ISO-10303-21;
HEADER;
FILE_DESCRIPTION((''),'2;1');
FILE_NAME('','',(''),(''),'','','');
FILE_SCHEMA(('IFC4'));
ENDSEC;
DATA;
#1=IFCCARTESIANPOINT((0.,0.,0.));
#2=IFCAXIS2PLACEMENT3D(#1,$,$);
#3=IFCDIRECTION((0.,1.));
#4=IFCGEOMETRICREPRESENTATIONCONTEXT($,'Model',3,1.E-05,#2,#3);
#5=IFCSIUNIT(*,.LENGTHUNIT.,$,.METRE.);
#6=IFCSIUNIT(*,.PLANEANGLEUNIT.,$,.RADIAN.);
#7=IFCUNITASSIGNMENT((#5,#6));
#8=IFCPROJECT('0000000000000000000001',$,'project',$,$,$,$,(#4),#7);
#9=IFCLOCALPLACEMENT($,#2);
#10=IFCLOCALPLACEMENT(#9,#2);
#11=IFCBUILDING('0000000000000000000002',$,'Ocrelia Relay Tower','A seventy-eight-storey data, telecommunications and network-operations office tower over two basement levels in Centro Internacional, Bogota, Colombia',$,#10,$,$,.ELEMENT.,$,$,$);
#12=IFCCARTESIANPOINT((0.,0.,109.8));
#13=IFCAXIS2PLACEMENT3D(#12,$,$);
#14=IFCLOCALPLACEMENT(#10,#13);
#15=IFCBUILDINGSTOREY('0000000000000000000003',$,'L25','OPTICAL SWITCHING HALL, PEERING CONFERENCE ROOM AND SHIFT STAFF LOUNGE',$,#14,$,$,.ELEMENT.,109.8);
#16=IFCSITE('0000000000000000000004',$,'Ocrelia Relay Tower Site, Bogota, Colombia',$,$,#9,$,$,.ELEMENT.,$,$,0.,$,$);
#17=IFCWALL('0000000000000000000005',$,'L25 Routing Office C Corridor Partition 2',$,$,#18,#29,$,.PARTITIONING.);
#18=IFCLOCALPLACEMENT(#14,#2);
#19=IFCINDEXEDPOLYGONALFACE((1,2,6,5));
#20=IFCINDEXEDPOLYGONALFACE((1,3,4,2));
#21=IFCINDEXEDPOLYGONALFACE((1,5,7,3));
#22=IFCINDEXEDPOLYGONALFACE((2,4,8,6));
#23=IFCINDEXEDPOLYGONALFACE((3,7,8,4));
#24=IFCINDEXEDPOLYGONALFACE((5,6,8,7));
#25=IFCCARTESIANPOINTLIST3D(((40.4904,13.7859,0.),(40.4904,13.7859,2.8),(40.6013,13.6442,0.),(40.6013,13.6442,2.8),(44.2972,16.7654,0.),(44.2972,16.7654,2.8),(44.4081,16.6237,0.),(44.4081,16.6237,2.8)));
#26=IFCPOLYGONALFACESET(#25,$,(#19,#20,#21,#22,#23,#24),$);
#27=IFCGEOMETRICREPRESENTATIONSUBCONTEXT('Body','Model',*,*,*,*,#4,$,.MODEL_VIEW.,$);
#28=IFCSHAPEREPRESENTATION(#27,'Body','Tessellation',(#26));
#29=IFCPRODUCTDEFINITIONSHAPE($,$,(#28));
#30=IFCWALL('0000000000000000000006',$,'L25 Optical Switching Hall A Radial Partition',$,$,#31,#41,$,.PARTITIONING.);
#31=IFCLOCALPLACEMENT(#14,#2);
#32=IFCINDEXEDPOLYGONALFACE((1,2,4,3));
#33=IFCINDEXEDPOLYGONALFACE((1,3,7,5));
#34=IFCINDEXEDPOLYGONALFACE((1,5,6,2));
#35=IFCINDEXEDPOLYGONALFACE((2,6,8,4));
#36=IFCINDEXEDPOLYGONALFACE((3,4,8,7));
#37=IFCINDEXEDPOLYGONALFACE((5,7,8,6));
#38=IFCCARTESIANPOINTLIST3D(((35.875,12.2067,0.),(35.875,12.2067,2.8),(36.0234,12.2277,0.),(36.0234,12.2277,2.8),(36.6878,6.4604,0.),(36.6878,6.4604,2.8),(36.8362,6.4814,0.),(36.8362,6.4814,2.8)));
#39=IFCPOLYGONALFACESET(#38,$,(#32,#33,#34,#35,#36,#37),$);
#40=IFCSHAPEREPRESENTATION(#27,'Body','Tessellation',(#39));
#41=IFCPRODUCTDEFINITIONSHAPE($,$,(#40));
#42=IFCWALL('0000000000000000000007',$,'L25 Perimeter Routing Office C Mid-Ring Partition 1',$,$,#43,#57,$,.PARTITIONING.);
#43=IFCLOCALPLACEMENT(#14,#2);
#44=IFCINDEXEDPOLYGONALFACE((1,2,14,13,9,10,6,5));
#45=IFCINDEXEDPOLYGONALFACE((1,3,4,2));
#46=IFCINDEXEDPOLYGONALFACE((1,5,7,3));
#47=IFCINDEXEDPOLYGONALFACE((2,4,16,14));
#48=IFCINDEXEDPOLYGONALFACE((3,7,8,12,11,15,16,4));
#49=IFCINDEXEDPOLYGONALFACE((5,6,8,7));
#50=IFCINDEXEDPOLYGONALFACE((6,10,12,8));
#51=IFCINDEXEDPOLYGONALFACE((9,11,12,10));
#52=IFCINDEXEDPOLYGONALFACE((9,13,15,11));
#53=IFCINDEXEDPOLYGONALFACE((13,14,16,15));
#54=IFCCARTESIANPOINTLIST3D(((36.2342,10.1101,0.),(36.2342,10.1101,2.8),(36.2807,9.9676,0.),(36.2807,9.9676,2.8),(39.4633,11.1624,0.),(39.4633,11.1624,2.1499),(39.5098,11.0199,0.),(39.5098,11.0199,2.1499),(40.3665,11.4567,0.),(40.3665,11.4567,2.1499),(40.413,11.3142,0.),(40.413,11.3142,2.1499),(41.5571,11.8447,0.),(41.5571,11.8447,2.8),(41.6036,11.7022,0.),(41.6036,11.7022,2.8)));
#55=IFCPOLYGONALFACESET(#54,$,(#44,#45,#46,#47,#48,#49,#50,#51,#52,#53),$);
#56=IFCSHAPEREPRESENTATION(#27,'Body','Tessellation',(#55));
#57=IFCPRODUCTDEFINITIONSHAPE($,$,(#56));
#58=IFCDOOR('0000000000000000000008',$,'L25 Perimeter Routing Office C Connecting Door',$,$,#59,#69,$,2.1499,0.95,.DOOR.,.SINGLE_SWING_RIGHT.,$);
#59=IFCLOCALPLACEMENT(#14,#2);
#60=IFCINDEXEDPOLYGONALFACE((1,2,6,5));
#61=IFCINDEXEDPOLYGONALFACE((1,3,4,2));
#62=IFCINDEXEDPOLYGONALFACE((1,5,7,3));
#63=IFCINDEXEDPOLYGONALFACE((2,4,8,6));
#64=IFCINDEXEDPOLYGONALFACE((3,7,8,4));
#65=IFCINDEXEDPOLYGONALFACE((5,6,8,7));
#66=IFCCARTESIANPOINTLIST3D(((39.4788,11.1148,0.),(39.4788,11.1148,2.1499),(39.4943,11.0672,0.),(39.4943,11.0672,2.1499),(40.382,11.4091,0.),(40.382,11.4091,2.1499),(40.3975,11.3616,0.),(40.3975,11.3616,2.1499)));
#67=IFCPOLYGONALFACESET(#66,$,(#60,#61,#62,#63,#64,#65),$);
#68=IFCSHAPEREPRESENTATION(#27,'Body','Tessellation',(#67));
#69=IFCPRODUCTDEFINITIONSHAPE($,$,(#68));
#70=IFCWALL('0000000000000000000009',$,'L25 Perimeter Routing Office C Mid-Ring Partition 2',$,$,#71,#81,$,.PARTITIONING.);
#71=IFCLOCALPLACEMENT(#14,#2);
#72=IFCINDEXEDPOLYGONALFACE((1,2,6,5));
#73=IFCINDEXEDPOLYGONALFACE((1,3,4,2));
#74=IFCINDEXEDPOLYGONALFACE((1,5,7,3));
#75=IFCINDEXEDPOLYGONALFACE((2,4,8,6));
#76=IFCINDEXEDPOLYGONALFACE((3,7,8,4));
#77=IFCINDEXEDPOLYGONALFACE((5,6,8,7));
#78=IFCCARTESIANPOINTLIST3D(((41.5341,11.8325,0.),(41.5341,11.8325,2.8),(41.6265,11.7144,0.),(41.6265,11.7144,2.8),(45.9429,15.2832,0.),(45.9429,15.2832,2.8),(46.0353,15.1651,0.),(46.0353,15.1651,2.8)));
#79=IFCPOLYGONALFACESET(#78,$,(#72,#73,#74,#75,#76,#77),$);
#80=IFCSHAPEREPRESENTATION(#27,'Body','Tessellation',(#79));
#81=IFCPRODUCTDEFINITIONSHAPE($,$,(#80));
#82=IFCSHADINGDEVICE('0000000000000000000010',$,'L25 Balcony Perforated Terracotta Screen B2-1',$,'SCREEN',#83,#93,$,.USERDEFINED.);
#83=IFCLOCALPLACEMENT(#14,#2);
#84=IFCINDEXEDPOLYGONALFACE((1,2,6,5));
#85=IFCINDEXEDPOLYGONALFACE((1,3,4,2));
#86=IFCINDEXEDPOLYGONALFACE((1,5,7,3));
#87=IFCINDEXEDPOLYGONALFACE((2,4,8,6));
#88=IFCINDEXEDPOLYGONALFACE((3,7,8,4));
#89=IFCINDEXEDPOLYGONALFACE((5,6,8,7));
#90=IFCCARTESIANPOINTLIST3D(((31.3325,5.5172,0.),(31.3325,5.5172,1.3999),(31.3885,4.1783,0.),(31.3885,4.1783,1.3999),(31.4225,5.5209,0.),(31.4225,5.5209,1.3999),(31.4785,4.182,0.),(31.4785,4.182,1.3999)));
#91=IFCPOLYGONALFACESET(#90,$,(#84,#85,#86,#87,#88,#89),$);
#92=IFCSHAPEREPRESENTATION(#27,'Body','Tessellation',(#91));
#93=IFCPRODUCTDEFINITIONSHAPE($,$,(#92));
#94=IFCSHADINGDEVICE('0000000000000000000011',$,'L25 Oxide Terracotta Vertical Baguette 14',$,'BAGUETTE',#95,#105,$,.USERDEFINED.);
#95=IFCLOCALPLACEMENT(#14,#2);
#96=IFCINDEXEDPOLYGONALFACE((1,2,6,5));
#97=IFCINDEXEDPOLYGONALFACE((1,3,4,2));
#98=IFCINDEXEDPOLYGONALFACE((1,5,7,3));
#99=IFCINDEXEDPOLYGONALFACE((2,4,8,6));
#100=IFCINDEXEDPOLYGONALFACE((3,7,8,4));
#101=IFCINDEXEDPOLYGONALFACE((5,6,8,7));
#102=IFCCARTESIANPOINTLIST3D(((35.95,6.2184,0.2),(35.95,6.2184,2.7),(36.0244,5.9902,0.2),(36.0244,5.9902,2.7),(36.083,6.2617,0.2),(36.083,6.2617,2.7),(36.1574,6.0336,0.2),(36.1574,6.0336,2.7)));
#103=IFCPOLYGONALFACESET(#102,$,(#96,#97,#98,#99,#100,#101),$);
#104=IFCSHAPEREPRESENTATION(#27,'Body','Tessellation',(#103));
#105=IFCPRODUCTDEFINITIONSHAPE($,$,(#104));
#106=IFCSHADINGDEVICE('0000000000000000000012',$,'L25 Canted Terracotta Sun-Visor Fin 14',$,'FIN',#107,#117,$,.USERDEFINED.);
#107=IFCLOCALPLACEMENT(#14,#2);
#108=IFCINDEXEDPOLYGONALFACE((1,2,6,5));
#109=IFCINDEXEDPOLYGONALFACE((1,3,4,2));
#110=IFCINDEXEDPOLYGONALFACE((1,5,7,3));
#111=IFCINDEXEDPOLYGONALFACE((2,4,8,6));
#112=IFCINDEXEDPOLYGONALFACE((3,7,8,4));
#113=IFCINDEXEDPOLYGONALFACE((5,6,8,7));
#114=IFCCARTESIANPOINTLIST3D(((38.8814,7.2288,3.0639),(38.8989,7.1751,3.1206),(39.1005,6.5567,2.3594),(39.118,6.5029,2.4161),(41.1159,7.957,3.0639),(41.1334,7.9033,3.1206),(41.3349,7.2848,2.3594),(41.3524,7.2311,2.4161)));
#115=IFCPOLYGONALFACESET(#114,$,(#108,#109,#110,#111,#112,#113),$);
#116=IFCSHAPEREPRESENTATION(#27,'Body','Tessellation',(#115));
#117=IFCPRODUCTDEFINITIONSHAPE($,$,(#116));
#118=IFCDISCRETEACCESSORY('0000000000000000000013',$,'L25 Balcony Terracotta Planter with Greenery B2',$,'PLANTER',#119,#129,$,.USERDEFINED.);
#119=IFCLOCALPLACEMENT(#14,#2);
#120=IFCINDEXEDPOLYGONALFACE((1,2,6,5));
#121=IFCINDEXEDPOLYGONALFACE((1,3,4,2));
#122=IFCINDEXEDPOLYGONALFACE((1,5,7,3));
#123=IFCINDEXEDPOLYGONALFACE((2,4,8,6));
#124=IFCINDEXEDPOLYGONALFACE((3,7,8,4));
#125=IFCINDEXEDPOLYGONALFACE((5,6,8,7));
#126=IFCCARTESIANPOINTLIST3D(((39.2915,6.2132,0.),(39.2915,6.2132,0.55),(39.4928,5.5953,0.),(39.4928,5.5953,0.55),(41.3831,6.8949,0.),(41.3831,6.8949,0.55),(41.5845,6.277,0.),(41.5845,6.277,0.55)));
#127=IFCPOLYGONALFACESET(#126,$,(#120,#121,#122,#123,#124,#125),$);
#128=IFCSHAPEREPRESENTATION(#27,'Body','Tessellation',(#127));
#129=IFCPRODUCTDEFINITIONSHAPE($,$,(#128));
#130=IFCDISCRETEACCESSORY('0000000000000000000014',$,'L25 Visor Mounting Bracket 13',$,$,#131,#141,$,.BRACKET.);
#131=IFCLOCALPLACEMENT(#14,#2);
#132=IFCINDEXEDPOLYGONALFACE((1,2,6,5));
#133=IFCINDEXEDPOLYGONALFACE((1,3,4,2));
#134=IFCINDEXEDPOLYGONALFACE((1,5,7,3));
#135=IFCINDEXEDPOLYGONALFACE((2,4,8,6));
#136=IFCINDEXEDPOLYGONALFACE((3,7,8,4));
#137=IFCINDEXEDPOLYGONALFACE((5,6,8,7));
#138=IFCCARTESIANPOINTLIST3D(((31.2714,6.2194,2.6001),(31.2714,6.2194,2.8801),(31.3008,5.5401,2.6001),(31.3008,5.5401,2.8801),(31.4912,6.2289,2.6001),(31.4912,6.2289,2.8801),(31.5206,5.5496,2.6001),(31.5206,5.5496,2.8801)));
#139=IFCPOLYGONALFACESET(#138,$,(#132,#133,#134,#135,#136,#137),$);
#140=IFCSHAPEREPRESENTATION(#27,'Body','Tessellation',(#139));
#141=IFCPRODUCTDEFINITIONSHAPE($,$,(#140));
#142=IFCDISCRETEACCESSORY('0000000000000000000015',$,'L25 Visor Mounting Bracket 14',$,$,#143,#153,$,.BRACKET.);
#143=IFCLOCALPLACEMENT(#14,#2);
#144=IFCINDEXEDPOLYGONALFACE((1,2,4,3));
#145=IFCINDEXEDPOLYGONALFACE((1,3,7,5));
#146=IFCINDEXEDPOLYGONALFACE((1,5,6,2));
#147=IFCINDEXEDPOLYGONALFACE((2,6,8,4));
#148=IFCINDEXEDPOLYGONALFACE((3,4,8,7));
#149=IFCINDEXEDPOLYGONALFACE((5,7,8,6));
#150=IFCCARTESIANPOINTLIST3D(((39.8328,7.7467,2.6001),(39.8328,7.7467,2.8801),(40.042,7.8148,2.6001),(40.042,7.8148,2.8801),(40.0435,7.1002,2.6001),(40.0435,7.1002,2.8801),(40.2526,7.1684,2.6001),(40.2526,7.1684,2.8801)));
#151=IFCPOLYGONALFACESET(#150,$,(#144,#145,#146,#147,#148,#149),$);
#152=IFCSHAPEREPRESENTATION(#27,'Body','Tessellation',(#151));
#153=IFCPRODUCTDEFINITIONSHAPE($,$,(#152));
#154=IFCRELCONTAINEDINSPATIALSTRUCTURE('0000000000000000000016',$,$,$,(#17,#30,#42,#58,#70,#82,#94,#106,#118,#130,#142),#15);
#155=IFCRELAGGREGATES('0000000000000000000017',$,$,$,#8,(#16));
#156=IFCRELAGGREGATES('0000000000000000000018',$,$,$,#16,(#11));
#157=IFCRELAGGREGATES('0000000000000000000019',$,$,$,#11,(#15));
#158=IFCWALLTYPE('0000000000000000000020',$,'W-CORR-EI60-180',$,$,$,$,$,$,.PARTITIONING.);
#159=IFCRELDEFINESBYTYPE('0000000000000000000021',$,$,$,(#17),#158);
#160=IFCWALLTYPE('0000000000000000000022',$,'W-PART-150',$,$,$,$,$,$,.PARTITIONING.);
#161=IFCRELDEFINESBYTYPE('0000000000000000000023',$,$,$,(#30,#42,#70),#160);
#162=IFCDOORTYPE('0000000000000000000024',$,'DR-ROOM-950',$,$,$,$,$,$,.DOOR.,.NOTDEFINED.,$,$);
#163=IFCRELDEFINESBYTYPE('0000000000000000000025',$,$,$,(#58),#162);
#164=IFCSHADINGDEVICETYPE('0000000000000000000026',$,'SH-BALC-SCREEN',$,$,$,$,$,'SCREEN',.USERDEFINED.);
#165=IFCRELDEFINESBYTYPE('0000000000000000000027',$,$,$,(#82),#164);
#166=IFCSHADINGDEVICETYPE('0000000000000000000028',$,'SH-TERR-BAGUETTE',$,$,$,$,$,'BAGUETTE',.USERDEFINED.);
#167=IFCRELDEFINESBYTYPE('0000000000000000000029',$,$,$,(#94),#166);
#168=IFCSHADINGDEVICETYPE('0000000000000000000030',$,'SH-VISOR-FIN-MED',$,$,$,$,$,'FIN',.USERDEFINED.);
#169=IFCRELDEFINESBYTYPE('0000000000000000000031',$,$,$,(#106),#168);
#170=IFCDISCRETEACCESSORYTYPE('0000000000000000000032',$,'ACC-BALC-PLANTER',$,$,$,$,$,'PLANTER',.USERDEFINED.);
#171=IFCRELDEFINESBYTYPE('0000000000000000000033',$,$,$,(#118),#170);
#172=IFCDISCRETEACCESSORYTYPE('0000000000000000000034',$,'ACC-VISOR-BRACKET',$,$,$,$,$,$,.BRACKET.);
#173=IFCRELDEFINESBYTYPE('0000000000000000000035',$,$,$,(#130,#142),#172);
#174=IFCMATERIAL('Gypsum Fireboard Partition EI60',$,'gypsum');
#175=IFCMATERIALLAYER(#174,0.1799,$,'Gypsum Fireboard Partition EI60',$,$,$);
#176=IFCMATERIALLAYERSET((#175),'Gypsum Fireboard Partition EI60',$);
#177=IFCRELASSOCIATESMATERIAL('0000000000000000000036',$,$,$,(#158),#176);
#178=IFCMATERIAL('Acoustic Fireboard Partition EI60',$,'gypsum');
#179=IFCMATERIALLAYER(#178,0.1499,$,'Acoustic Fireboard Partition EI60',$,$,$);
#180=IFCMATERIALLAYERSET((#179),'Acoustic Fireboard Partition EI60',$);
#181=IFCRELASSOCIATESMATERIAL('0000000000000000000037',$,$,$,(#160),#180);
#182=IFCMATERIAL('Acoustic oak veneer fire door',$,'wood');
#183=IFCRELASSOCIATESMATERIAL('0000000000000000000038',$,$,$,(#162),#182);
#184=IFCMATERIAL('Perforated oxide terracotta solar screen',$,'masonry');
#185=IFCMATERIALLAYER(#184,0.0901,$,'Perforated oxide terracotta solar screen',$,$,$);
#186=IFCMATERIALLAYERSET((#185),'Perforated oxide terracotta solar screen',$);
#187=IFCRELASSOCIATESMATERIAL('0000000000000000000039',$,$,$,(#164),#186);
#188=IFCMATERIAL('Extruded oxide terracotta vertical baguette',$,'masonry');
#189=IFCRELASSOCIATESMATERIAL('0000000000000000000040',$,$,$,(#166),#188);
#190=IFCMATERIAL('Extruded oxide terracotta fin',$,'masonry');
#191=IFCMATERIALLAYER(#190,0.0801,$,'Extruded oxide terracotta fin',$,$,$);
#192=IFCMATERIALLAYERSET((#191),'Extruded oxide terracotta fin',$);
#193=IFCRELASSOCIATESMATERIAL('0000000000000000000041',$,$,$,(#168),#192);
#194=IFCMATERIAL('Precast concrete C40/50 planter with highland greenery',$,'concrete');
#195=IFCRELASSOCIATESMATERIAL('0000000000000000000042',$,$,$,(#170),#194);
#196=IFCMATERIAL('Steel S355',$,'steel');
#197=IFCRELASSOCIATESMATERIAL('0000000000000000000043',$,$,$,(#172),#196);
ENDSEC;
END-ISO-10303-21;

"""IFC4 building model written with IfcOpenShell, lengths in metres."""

from ifc_helpers import new_model, si_unit, direction, frame, frame_2d, origin, origin_2d, place, context, subcontext, project, spatial, rectangle, extrude, material, layer, layer_set, type_object, element, fill, save


model = new_model("IFC4")

# Units and contexts
model_context = context("Model", 3, precision=1e-05, world=origin(), true_north=direction((0.0, 1.0)))
body_context = subcontext(model_context, "Body", "Model", "MODEL_VIEW")
ifc_project = project(units=[si_unit("LENGTHUNIT", "METRE"), si_unit("PLANEANGLEUNIT", "RADIAN")], contexts=[model_context])

# Site, building, storey
site_placement = place(None, origin())
site = spatial("IfcSite", under=ifc_project, at=site_placement, Name="Ocrelia Relay Tower Site, Bogota, Colombia", CompositionType="ELEMENT", RefElevation=0.0)
building_placement = place(site_placement, origin())
building = spatial("IfcBuilding", under=site, at=building_placement, Name="Ocrelia Relay Tower", Description="A seventy-eight-storey data, telecommunications and network-operations office tower over two basement levels in Centro Internacional, Bogota, Colombia", CompositionType="ELEMENT")
storey_placement = place(building_placement, frame((0.0, 0.0, 109.8)))
storey = spatial("IfcBuildingStorey", under=building, at=storey_placement, Name="L25", Description="OPTICAL SWITCHING HALL, PEERING CONFERENCE ROOM AND SHIFT STAFF LOUNGE", CompositionType="ELEMENT", Elevation=109.8)

# Shared definitions
ifc_material_1 = material(Name="Steel S355", Category="steel")

# Shared definitions
ifc_material_2 = material(Name="Gypsum Fireboard Partition EI60", Category="gypsum")
ifc_layer_1 = layer(ifc_material_2, 0.1799, Name="Gypsum Fireboard Partition EI60")
ifc_layer_set_1 = layer_set([ifc_layer_1], Name="Gypsum Fireboard Partition EI60")
wall_type_1 = type_object("IfcWallType", Name="W-CORR-EI60-180", PredefinedType="PARTITIONING", material=ifc_layer_set_1)
ifc_material_3 = material(Name="Acoustic oak veneer fire door", Category="wood")

# Wall
wall_1_placement = place(storey_placement, frame((40.5459, 13.7151, 0.0), z_axis=(0.0, 0.0, 1.0), x_axis=(0.787486, 0.616333, 0.0)))
element("IfcWall", 1, at=wall_1_placement, inside=storey, type_object=wall_type_1, Name="L25 Routing Office C Corridor Partition 2", PredefinedType="PARTITIONING", context=body_context, shape_type="SweptSolid", body=[
    extrude(rectangle(XDim=4.8342, YDim=0.1799, at=frame_2d((2.417, 0.0))), origin(), (0.0, 0.0, 1.0), 2.8),
])

# Wall
ifc_material_4 = material(Name="Acoustic Fireboard Partition EI60", Category="gypsum")
ifc_layer_2 = layer(ifc_material_4, 0.1499, Name="Acoustic Fireboard Partition EI60")
ifc_layer_set_2 = layer_set([ifc_layer_2], Name="Acoustic Fireboard Partition EI60")
wall_type_2 = type_object("IfcWallType", Name="W-PART-150", PredefinedType="PARTITIONING", material=ifc_layer_set_2)
wall_2_placement = place(storey_placement, frame((35.9492, 12.2173, 0.0), z_axis=(0.0, 0.0, 1.0), x_axis=(0.140043, -0.990145, 0.0)))
element("IfcWall", 2, at=wall_2_placement, inside=storey, type_object=wall_type_2, Name="L25 Optical Switching Hall A Radial Partition", PredefinedType="PARTITIONING", context=body_context, shape_type="SweptSolid", body=[
    extrude(rectangle(XDim=5.8035, YDim=0.1499, at=frame_2d((2.9019, 0.0))), origin(), (0.0, 0.0, 1.0), 2.8),
])

# Wall, opening, door
wall_3_placement = place(storey_placement, frame((36.2573, 10.0388, 0.0), z_axis=(0.0, 0.0, 1.0), x_axis=(0.95079, 0.309836, 0.0)))
wall_3 = element("IfcWall", 3, at=wall_3_placement, inside=storey, type_object=wall_type_2, Name="L25 Perimeter Routing Office C Mid-Ring Partition 1", PredefinedType="PARTITIONING", context=body_context, shape_type="SweptSolid", body=[
    extrude(rectangle(XDim=5.5984, YDim=0.1499, at=frame_2d((2.7993, 0.0))), origin(), (0.0, 0.0, 1.0), 2.8),
])
opening_1_placement = place(wall_3_placement, frame((3.3962, 0.0, 0.0)))
opening_1 = element("IfcOpeningElement", 4, at=opening_1_placement, cuts=wall_3, PredefinedType="OPENING", context=body_context, shape_type="SweptSolid", body=[
    extrude(rectangle(XDim=0.95, YDim=2.1499, at=frame_2d((0.4751, 1.075))), frame((0.0, 0.085, 0.0), z_axis=(0.0, -1.0, 0.0), x_axis=(1.0, 0.0, 0.0)), (0.0, 0.0, 1.0), 0.1699),
])
door_type_1 = type_object("IfcDoorType", Name="DR-ROOM-950", OperationType="NOTDEFINED", PredefinedType="DOOR", material=ifc_material_3)
door_1_placement = place(opening_1_placement, origin())
door_1 = element("IfcDoor", 5, at=door_1_placement, inside=storey, type_object=door_type_1, Name="L25 Perimeter Routing Office C Connecting Door", OperationType="SINGLE_SWING_RIGHT", OverallHeight=2.1499, OverallWidth=0.95, PredefinedType="DOOR", context=body_context, shape_type="SweptSolid", body=[
    extrude(rectangle(XDim=0.95, YDim=2.1499, at=frame_2d((0.4751, 1.075))), frame((0.0, 0.0249, 0.0), z_axis=(0.0, -1.0, 0.0), x_axis=(1.0, 0.0, 0.0)), (0.0, 0.0, 1.0), 0.05),
])
fill(opening_1, door_1)

# Wall
wall_4_placement = place(storey_placement, frame((41.5803, 11.7734, 0.0), z_axis=(0.0, 0.0, 1.0), x_axis=(0.78747, 0.616353, 0.0)))
element("IfcWall", 6, at=wall_4_placement, inside=storey, type_object=wall_type_2, Name="L25 Perimeter Routing Office C Mid-Ring Partition 2", PredefinedType="PARTITIONING", context=body_context, shape_type="SweptSolid", body=[
    extrude(rectangle(XDim=5.5986, YDim=0.1499, at=frame_2d((2.7993, 0.0))), origin(), (0.0, 0.0, 1.0), 2.8),
])

# Shading devices
ifc_material_5 = material(Name="Perforated oxide terracotta solar screen", Category="masonry")
ifc_layer_3 = layer(ifc_material_5, 0.0901, Name="Perforated oxide terracotta solar screen")
ifc_layer_set_3 = layer_set([ifc_layer_3], Name="Perforated oxide terracotta solar screen")
shading_device_type_1 = type_object("IfcShadingDeviceType", Name="SH-BALC-SCREEN", ElementType="SCREEN", PredefinedType="USERDEFINED", material=ifc_layer_set_3)
shading_device_1_placement = place(storey_placement, frame((31.4055, 4.8496, 0.0), z_axis=(0.0, 0.0, 1.0), x_axis=(0.041765, -0.999127, 0.0)))
element("IfcShadingDevice", 7, at=shading_device_1_placement, inside=storey, type_object=shading_device_type_1, Name="L25 Balcony Perforated Terracotta Screen B2-1", ObjectType="SCREEN", PredefinedType="USERDEFINED", context=body_context, shape_type="SweptSolid", body=[
    extrude(rectangle(XDim=1.3401, YDim=0.0901, at=origin_2d()), origin(), (0.0, 0.0, 1.0), 1.3999),
])
ifc_material_6 = material(Name="Extruded oxide terracotta vertical baguette", Category="masonry")
shading_device_type_2 = type_object("IfcShadingDeviceType", Name="SH-TERR-BAGUETTE", ElementType="BAGUETTE", PredefinedType="USERDEFINED", material=ifc_material_6)
shading_device_2_placement = place(storey_placement, frame((36.0537, 6.126, 0.2), z_axis=(0.0, 0.0, 1.0), x_axis=(0.950787, 0.309847, 0.0)))
element("IfcShadingDevice", 8, at=shading_device_2_placement, inside=storey, type_object=shading_device_type_2, Name="L25 Oxide Terracotta Vertical Baguette 14", ObjectType="BAGUETTE", PredefinedType="USERDEFINED", context=body_context, shape_type="SweptSolid", body=[
    extrude(rectangle(XDim=0.1399, YDim=0.24, at=origin_2d()), origin(), (0.0, 0.0, 1.0), 2.5),
])
ifc_material_7 = material(Name="Extruded oxide terracotta fin", Category="masonry")
ifc_layer_4 = layer(ifc_material_7, 0.0801, Name="Extruded oxide terracotta fin")
ifc_layer_set_4 = layer_set([ifc_layer_4], Name="Extruded oxide terracotta fin")
shading_device_type_3 = type_object("IfcShadingDeviceType", Name="SH-VISOR-FIN-MED", ElementType="FIN", PredefinedType="USERDEFINED", material=ifc_layer_set_4)
shading_device_3_placement = place(storey_placement, frame((40.1082, 7.2568, 2.7117), z_axis=(0.218712, -0.671133, 0.70834), x_axis=(0.950787, 0.309847, 0.0)))
element("IfcShadingDevice", 9, at=shading_device_3_placement, inside=storey, type_object=shading_device_type_3, Name="L25 Canted Terracotta Sun-Visor Fin 14", ObjectType="FIN", PredefinedType="USERDEFINED", context=body_context, shape_type="SweptSolid", body=[
    extrude(rectangle(XDim=2.3501, YDim=0.998, at=origin_2d()), origin(), (0.0, 0.0, 1.0), 0.0801),
])

# Discrete accessories
ifc_material_8 = material(Name="Precast concrete C40/50 planter with highland greenery", Category="concrete")
discrete_accessory_type_1 = type_object("IfcDiscreteAccessoryType", Name="ACC-BALC-PLANTER", ElementType="PLANTER", PredefinedType="USERDEFINED", material=ifc_material_8)
discrete_accessory_placement = place(storey_placement, frame((40.438, 6.2451, 0.0), z_axis=(0.0, 0.0, 1.0), x_axis=(-0.950784, -0.309853, 0.0)))
element("IfcDiscreteAccessory", 10, at=discrete_accessory_placement, inside=storey, type_object=discrete_accessory_type_1, Name="L25 Balcony Terracotta Planter with Greenery B2", ObjectType="PLANTER", PredefinedType="USERDEFINED", context=body_context, shape_type="SweptSolid", body=[
    extrude(rectangle(XDim=2.2, YDim=0.6499, at=origin_2d()), origin(), (0.0, 0.0, 1.0), 0.55),
])
discrete_accessory_type_2 = type_object("IfcDiscreteAccessoryType", Name="ACC-VISOR-BRACKET", PredefinedType="BRACKET", material=ifc_material_1)
for number, where, z_axis, x_axis, name in (
    (11, (31.396, 5.8845, 2.6001), (0.0, 0.0, 1.0), (0.999064, 0.04325, 0.0), "L25 Visor Mounting Bracket 13"),
    (12, (40.0427, 7.4575, 2.6001), (0.0, 0.0, 1.0), (0.950787, 0.309847, 0.0), "L25 Visor Mounting Bracket 14"),
):
    element("IfcDiscreteAccessory", number, at=place(storey_placement, frame(where, z_axis=z_axis, x_axis=x_axis)), inside=storey, type_object=discrete_accessory_type_2, Name=name, PredefinedType="BRACKET", context=body_context, shape_type="SweptSolid", body=[
        extrude(rectangle(XDim=0.22, YDim=0.6799, at=origin_2d()), origin(), (0.0, 0.0, 1.0), 0.28),
    ])

save(model, "model.ifc")
